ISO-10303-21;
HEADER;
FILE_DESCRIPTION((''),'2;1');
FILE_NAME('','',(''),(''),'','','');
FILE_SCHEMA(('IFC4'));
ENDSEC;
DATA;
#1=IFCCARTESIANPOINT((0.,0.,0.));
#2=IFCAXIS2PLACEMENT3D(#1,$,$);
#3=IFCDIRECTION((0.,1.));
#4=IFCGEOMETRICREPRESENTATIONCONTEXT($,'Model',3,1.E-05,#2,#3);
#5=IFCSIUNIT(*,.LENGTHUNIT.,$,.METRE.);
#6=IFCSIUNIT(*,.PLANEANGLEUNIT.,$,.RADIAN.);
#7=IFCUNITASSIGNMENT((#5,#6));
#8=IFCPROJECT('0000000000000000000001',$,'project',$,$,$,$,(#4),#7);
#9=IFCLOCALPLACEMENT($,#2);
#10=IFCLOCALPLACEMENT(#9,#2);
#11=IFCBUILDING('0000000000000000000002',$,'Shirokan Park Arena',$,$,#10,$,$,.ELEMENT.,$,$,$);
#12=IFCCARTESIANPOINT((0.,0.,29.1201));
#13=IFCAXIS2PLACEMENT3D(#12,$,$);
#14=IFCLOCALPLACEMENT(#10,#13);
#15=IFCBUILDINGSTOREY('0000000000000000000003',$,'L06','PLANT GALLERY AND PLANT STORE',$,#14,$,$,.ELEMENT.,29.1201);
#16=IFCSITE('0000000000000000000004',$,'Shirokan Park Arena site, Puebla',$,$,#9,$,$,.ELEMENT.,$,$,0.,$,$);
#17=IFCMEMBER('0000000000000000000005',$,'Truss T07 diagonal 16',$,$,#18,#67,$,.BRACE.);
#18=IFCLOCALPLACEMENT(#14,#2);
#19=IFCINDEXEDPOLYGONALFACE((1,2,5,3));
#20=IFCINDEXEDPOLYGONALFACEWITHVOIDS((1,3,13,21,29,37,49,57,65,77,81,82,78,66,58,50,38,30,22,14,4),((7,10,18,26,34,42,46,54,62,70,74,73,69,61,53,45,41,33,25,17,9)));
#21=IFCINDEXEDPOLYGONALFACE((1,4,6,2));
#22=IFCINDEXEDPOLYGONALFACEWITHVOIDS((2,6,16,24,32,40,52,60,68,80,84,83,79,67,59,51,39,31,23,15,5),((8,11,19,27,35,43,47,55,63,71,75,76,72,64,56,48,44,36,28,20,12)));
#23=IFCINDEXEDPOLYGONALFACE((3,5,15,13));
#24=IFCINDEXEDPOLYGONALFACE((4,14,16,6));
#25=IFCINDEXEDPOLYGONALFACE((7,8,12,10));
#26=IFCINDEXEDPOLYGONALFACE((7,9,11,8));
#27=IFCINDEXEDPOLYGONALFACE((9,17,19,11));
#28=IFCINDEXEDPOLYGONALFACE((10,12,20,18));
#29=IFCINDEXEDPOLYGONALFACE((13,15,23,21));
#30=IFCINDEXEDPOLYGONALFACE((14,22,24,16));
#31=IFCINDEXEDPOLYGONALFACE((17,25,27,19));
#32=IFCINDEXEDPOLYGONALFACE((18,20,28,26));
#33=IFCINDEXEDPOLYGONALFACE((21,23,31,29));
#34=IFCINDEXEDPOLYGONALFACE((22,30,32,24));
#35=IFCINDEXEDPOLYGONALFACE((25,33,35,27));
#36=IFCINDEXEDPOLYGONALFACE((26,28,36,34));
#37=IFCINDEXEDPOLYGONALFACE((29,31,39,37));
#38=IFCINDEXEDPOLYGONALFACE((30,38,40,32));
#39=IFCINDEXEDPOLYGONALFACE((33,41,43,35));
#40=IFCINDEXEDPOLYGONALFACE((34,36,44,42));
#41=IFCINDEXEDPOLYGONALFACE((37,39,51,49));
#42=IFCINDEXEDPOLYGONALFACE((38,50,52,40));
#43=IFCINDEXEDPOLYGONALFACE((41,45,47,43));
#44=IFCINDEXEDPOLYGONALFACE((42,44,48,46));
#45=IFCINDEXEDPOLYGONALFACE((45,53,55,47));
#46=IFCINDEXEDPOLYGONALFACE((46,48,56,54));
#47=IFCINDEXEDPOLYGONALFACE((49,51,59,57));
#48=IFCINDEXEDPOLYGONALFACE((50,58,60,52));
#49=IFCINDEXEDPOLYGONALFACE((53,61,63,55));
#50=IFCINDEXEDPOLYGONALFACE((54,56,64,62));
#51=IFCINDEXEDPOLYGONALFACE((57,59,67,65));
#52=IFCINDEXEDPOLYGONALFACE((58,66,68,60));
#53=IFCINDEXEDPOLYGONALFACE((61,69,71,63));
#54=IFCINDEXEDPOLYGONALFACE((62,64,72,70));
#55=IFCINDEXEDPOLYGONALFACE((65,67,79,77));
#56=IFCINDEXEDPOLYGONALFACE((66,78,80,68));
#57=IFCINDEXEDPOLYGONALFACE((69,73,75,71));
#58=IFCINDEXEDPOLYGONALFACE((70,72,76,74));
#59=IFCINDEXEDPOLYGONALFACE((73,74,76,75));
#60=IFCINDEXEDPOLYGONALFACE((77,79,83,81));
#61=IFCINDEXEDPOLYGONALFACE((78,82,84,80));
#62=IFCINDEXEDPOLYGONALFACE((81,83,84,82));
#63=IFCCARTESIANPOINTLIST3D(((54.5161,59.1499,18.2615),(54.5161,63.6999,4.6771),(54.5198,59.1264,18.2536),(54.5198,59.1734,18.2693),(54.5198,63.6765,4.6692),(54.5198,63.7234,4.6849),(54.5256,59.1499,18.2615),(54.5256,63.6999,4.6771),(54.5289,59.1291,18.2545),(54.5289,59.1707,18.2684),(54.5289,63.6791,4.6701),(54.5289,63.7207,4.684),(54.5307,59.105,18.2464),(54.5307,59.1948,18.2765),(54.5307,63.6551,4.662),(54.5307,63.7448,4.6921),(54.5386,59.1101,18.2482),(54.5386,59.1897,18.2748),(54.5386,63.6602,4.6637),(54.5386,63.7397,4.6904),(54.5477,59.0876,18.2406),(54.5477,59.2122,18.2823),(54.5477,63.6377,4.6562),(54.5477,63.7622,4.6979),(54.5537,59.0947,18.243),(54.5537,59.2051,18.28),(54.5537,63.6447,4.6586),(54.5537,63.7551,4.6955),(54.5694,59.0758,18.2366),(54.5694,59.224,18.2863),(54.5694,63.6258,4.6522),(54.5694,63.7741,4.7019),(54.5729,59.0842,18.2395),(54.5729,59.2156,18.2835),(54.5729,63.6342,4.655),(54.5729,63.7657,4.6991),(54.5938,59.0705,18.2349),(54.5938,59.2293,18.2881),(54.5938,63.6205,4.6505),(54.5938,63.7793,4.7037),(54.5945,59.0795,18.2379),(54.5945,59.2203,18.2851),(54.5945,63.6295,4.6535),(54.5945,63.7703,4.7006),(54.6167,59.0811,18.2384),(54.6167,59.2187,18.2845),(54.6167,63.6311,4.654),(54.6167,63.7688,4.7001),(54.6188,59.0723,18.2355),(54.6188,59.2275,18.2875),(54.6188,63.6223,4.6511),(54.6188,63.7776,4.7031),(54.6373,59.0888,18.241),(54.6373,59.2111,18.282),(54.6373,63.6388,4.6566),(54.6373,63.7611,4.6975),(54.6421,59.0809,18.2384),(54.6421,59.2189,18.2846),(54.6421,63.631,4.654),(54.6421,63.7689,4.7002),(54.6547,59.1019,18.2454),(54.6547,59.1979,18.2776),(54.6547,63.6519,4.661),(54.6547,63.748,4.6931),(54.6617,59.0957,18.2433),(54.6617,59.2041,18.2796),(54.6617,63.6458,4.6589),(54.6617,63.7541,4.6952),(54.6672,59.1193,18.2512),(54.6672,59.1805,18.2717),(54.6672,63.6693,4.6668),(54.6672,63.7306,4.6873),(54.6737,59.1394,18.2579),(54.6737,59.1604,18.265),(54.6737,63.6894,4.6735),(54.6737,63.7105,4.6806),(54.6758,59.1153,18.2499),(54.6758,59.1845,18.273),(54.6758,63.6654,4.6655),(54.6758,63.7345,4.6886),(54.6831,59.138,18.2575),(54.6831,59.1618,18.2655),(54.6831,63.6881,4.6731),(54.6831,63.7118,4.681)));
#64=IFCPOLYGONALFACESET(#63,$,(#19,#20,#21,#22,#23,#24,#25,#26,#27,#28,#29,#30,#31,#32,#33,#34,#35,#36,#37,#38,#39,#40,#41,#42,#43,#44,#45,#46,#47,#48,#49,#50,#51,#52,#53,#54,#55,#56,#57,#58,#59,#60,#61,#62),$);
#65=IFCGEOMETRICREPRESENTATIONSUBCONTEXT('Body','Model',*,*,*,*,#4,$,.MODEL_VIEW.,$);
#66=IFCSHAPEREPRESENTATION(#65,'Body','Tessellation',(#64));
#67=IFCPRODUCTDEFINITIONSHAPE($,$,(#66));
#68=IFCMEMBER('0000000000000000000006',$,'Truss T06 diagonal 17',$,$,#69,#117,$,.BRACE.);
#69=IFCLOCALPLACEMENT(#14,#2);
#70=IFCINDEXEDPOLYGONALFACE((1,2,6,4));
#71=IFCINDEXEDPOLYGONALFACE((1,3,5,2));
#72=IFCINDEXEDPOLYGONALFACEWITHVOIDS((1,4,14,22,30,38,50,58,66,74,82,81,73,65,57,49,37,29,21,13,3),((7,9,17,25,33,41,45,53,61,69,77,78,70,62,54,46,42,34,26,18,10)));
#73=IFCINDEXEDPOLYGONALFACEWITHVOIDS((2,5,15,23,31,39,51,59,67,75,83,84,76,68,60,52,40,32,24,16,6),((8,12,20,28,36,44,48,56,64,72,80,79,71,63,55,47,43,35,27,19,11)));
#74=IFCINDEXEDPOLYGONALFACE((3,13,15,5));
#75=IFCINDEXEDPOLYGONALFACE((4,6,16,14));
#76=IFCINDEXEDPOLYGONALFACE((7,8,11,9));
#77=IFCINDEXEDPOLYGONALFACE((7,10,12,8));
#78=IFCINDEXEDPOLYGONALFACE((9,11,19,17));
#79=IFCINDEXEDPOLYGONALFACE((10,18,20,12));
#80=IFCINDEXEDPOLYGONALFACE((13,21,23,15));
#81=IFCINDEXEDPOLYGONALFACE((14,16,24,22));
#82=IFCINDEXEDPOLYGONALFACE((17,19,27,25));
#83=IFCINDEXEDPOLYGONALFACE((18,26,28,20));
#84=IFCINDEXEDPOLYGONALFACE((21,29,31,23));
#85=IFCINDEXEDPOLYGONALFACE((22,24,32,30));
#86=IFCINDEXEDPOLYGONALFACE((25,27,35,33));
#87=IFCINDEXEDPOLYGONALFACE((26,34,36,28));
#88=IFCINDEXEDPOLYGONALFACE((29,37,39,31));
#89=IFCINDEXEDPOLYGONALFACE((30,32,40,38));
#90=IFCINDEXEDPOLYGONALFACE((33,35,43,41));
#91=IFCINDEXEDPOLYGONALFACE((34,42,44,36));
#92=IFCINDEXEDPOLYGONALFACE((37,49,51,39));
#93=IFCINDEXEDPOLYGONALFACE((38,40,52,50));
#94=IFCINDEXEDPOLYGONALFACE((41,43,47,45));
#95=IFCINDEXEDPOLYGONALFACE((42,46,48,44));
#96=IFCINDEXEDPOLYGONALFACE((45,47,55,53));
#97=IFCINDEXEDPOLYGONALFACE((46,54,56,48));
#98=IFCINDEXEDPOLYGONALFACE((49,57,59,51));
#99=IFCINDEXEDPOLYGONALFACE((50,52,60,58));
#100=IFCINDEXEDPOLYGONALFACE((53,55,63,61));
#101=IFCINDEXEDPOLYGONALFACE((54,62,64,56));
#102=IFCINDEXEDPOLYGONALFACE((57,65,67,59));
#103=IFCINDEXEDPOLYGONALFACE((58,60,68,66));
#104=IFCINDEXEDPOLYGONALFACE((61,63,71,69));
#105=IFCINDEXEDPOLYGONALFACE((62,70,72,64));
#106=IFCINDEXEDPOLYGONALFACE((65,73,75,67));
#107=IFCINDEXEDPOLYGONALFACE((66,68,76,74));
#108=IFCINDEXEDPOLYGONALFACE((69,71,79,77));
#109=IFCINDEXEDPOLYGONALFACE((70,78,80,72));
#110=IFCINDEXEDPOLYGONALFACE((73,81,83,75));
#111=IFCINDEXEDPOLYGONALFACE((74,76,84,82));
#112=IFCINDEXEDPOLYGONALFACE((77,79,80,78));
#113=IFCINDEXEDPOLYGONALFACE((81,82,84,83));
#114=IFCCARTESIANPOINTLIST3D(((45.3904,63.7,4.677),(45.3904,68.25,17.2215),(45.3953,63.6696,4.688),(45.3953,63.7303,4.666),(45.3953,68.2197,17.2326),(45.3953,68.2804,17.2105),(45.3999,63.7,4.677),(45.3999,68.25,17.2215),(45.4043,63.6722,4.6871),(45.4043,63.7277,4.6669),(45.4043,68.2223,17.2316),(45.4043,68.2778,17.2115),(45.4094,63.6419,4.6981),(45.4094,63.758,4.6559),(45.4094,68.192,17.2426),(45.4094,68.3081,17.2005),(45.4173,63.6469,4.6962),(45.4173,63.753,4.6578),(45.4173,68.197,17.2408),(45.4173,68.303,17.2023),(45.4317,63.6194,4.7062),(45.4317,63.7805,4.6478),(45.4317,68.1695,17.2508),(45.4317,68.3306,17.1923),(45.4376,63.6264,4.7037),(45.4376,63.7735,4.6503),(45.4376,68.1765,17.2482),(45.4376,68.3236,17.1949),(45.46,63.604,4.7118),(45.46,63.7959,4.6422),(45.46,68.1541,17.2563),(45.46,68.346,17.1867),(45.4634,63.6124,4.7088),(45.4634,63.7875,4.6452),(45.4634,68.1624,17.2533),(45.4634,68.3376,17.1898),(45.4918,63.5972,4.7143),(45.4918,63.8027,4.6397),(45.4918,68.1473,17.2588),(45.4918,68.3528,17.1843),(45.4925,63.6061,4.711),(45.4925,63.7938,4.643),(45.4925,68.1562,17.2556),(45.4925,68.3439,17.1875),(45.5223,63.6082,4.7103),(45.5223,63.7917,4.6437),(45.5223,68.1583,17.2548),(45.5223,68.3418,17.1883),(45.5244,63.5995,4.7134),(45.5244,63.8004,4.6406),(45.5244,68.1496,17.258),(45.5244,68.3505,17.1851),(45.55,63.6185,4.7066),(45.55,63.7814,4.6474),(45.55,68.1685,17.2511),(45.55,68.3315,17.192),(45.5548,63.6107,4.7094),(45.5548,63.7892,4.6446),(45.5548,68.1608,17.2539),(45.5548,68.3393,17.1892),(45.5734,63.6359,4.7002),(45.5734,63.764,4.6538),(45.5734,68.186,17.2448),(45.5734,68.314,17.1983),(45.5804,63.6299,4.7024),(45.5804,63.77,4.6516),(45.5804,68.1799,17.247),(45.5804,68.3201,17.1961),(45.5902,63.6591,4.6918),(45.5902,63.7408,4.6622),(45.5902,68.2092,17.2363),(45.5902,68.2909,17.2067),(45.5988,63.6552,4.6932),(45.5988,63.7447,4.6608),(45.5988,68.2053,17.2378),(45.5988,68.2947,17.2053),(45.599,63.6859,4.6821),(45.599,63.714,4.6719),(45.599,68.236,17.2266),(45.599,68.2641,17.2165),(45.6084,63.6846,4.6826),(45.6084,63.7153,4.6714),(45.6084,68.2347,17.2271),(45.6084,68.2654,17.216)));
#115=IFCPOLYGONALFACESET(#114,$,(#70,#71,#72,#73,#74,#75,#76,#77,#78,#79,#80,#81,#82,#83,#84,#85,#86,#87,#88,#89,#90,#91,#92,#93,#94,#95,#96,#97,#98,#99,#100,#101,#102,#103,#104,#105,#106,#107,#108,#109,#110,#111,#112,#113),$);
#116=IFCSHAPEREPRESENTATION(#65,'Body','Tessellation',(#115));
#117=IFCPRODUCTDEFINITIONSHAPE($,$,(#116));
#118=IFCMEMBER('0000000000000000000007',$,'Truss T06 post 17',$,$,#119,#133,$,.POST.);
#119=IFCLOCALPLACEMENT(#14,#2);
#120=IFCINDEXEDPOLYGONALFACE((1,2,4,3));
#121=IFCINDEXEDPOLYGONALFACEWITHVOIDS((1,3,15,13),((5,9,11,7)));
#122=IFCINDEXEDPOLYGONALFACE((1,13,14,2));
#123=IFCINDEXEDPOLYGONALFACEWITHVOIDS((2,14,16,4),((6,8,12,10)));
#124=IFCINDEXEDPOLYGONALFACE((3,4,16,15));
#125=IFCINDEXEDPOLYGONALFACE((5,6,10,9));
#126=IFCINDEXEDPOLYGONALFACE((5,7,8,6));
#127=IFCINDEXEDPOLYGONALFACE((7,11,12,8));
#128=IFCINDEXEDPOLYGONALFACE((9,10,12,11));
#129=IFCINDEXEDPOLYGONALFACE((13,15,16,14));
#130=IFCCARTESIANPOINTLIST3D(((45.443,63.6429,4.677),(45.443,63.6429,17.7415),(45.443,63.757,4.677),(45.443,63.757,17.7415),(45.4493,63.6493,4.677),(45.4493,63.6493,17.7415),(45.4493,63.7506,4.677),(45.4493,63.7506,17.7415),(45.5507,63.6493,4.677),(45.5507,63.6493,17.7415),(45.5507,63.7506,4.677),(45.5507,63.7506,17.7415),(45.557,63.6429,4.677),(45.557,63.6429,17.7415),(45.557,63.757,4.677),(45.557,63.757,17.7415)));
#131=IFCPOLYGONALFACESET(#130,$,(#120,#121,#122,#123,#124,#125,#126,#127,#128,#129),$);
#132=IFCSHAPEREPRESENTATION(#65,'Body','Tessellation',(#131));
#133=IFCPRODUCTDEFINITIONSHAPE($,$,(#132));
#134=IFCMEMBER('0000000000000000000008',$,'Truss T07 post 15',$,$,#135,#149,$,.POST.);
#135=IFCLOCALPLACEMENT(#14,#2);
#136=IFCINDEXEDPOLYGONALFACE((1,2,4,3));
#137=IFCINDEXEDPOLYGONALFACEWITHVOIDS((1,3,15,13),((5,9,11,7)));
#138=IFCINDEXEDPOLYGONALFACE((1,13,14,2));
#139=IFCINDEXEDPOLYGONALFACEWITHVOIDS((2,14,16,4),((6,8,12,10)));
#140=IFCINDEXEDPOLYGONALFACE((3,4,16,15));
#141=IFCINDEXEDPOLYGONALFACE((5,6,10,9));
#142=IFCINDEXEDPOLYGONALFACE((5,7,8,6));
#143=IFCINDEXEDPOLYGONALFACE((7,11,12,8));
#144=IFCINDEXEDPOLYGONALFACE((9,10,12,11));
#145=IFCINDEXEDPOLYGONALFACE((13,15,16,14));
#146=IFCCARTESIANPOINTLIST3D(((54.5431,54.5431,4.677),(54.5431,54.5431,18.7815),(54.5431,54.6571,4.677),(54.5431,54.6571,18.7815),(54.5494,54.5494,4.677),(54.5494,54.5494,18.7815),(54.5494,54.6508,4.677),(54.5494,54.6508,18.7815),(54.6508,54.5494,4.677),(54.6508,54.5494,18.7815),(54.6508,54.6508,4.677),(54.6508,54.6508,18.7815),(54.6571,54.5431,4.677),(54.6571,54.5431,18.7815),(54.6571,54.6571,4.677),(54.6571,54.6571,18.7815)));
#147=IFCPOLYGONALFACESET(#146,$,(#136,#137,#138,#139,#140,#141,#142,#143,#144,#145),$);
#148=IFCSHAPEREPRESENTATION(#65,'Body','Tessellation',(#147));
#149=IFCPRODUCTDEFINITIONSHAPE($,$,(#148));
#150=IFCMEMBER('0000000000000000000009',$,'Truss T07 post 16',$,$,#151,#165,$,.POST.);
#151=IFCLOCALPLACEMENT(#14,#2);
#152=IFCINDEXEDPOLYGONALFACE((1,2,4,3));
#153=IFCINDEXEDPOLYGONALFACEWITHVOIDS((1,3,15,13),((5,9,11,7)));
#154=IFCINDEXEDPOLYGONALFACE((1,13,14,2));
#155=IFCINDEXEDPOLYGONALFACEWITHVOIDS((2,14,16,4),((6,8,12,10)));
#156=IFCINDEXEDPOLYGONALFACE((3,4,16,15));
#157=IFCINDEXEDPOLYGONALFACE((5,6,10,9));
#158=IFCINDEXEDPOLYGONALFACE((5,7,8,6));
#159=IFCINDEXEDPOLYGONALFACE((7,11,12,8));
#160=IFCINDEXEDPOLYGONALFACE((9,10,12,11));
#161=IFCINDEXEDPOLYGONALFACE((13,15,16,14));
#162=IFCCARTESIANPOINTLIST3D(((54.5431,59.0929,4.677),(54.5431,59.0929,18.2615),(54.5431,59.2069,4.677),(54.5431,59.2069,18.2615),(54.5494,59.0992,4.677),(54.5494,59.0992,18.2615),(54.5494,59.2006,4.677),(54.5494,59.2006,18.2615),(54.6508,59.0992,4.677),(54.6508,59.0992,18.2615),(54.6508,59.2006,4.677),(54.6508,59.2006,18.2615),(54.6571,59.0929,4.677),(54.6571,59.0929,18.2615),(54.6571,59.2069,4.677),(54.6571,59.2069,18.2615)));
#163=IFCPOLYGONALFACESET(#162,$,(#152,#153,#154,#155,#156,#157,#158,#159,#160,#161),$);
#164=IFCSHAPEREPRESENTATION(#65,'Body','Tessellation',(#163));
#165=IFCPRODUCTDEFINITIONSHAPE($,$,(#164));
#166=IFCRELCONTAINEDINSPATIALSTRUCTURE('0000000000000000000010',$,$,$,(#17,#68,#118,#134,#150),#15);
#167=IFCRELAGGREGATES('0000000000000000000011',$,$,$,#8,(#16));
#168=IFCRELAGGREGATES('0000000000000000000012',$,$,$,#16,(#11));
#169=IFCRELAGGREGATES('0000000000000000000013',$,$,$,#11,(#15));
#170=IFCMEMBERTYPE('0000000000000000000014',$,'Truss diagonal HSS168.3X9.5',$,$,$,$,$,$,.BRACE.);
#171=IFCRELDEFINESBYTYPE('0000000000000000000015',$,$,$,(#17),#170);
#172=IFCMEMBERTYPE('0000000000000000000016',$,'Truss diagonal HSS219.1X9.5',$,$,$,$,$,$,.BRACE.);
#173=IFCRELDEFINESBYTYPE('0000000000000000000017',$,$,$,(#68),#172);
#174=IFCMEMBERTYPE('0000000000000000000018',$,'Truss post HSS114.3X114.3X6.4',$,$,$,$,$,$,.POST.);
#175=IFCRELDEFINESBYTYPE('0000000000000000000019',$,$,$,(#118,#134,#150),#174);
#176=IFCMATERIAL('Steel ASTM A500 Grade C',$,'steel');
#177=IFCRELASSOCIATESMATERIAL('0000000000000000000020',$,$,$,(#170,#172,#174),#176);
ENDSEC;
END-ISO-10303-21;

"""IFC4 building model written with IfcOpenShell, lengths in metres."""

from ifc_helpers import new_model, si_unit, direction, frame, origin, origin_2d, place, context, subcontext, project, spatial, hollow_rectangle, hollow_circle, extrude, material, material_profile, profile_set, type_object, element, save


model = new_model("IFC4")

# Units and contexts
model_context = context("Model", 3, precision=1e-05, world=origin(), true_north=direction((0.0, 1.0)))
body_context = subcontext(model_context, "Body", "Model", "MODEL_VIEW")
ifc_project = project(units=[si_unit("LENGTHUNIT", "METRE"), si_unit("PLANEANGLEUNIT", "RADIAN")], contexts=[model_context])

# Site, building, storey
site_placement = place(None, origin())
site = spatial("IfcSite", under=ifc_project, at=site_placement, Name="Shirokan Park Arena site, Puebla", CompositionType="ELEMENT", RefElevation=0.0)
building_placement = place(site_placement, origin())
building = spatial("IfcBuilding", under=site, at=building_placement, Name="Shirokan Park Arena", CompositionType="ELEMENT")
storey_placement = place(building_placement, frame((0.0, 0.0, 29.1201)))
storey = spatial("IfcBuildingStorey", under=building, at=storey_placement, Name="L06", Description="PLANT GALLERY AND PLANT STORE", CompositionType="ELEMENT", Elevation=29.1201)

# Members
ifc_material_1 = material(Name="Steel ASTM A500 Grade C", Category="steel")
ifc_material_profile_1 = material_profile(ifc_material_1, hollow_circle(Radius=0.084, WallThickness=0.0095, at=origin_2d()), Name="HSS168.3X9.5")
ifc_profile_set_1 = profile_set([ifc_material_profile_1], Name="Steel ASTM A500 Grade C")
member_type_1 = type_object("IfcMemberType", Name="Truss diagonal HSS168.3X9.5", PredefinedType="BRACE", material=ifc_profile_set_1)
member_1_placement = place(storey_placement, frame((54.6001, 59.1499, 18.2615), z_axis=(0.0, 0.317603, -0.948224), x_axis=(-1.0, 0.0, 0.0)))
element("IfcMember", 1, at=member_1_placement, inside=storey, type_object=member_type_1, Name="Truss T07 diagonal 16", PredefinedType="BRACE", context=body_context, shape_type="SweptSolid", body=[
    extrude(hollow_circle(Radius=0.084, WallThickness=0.0095, at=origin_2d()), origin(), (0.0, 0.0, 1.0), 14.3262),
])
ifc_material_profile_2 = material_profile(ifc_material_1, hollow_circle(Radius=0.1096, WallThickness=0.0095, at=origin_2d()), Name="HSS219.1X9.5")
ifc_profile_set_2 = profile_set([ifc_material_profile_2], Name="Steel ASTM A500 Grade C")
member_type_2 = type_object("IfcMemberType", Name="Truss diagonal HSS219.1X9.5", PredefinedType="BRACE", material=ifc_profile_set_2)
member_2_placement = place(storey_placement, frame((45.5, 63.7, 4.677), z_axis=(0.0, 0.340978, 0.940071), x_axis=(-1.0, 0.0, 0.0)))
element("IfcMember", 2, at=member_2_placement, inside=storey, type_object=member_type_2, Name="Truss T06 diagonal 17", PredefinedType="BRACE", context=body_context, shape_type="SweptSolid", body=[
    extrude(hollow_circle(Radius=0.1096, WallThickness=0.0095, at=origin_2d()), origin(), (0.0, 0.0, 1.0), 13.3442),
])
ifc_material_profile_3 = material_profile(ifc_material_1, hollow_rectangle(XDim=0.114, YDim=0.114, WallThickness=0.0063, at=origin_2d()), Name="HSS114.3X114.3X6.4")
ifc_profile_set_3 = profile_set([ifc_material_profile_3], Name="Steel ASTM A500 Grade C")
member_type_3 = type_object("IfcMemberType", Name="Truss post HSS114.3X114.3X6.4", PredefinedType="POST", material=ifc_profile_set_3)
member_3_placement = place(storey_placement, frame((45.5, 63.7, 4.677), z_axis=(0.0, 0.0, 1.0), x_axis=(1.0, 0.0, 0.0)))
element("IfcMember", 3, at=member_3_placement, inside=storey, type_object=member_type_3, Name="Truss T06 post 17", PredefinedType="POST", context=body_context, shape_type="SweptSolid", body=[
    extrude(hollow_rectangle(XDim=0.114, YDim=0.114, WallThickness=0.0063, at=origin_2d()), origin(), (0.0, 0.0, 1.0), 13.0645),
])
member_4_placement = place(storey_placement, frame((54.6001, 54.6001, 4.677), z_axis=(0.0, 0.0, 1.0), x_axis=(1.0, 0.0, 0.0)))
element("IfcMember", 4, at=member_4_placement, inside=storey, type_object=member_type_3, Name="Truss T07 post 15", PredefinedType="POST", context=body_context, shape_type="SweptSolid", body=[
    extrude(hollow_rectangle(XDim=0.114, YDim=0.114, WallThickness=0.0063, at=origin_2d()), origin(), (0.0, 0.0, 1.0), 14.1045),
])
member_5_placement = place(storey_placement, frame((54.6001, 59.1499, 4.677), z_axis=(0.0, 0.0, 1.0), x_axis=(1.0, 0.0, 0.0)))
element("IfcMember", 5, at=member_5_placement, inside=storey, type_object=member_type_3, Name="Truss T07 post 16", PredefinedType="POST", context=body_context, shape_type="SweptSolid", body=[
    extrude(hollow_rectangle(XDim=0.114, YDim=0.114, WallThickness=0.0063, at=origin_2d()), origin(), (0.0, 0.0, 1.0), 13.5845),
])

save(model, "model.ifc")
